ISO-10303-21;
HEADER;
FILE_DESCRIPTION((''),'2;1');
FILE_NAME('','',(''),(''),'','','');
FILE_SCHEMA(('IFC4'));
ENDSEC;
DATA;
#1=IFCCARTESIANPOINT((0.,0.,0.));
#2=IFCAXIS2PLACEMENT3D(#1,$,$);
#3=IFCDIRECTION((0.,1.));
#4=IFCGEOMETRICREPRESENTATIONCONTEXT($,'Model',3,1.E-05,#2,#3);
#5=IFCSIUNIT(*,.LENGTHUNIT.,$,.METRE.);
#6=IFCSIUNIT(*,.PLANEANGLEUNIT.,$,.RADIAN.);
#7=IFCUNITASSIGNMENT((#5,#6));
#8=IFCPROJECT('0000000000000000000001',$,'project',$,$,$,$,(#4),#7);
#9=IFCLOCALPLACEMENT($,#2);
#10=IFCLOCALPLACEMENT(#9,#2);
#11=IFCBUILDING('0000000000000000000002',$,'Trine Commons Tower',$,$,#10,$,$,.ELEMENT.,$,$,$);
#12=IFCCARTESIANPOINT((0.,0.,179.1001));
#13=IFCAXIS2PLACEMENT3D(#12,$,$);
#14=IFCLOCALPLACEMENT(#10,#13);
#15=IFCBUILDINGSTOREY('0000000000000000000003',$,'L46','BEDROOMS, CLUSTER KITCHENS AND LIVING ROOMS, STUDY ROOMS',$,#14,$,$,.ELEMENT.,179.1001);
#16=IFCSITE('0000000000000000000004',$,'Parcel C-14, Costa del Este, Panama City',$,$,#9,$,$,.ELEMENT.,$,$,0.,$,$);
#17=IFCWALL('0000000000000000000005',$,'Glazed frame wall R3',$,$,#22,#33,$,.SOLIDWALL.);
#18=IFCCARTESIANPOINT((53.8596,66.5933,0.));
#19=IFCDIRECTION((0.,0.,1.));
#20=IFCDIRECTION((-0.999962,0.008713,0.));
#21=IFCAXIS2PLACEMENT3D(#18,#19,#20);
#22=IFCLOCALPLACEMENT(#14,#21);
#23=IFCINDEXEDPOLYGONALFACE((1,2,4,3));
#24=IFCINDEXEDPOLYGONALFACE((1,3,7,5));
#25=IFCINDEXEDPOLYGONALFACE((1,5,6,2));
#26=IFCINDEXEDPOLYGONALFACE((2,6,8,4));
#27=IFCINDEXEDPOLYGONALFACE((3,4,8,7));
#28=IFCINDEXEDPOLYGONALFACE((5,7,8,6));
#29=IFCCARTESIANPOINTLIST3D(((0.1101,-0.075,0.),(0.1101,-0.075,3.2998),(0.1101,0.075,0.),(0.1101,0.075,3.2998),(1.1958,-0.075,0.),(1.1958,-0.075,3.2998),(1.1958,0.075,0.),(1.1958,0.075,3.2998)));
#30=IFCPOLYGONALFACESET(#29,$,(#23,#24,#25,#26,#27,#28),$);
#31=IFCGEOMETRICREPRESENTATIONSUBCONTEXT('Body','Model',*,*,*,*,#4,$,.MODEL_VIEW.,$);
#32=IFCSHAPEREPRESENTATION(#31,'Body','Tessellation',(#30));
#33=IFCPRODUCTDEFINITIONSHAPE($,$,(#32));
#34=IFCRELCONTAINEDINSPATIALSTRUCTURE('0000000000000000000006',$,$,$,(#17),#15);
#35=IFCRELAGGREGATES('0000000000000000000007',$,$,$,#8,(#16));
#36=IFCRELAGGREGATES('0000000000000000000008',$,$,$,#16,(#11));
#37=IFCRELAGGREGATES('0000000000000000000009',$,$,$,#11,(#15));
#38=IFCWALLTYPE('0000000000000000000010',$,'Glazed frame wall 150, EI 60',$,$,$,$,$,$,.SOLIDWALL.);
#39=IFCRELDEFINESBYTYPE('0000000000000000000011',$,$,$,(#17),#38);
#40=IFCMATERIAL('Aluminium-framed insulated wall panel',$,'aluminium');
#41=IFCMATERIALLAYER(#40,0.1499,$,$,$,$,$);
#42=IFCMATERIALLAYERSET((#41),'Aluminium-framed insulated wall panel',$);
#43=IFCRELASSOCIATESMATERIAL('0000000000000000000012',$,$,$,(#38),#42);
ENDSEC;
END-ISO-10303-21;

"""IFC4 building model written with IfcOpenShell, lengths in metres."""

from ifc_helpers import new_model, si_unit, direction, frame, origin, place, context, subcontext, project, spatial, polyline, outline, extrude, material, layer, layer_set, type_object, element, save


model = new_model("IFC4")

# Units and contexts
model_context = context("Model", 3, precision=1e-05, world=origin(), true_north=direction((0.0, 1.0)))
body_context = subcontext(model_context, "Body", "Model", "MODEL_VIEW")
ifc_project = project(units=[si_unit("LENGTHUNIT", "METRE"), si_unit("PLANEANGLEUNIT", "RADIAN")], contexts=[model_context])

# Site, building, storey
site_placement = place(None, origin())
site = spatial("IfcSite", under=ifc_project, at=site_placement, Name="Parcel C-14, Costa del Este, Panama City", CompositionType="ELEMENT", RefElevation=0.0)
building_placement = place(site_placement, origin())
building = spatial("IfcBuilding", under=site, at=building_placement, Name="Trine Commons Tower", CompositionType="ELEMENT")
storey_placement = place(building_placement, frame((0.0, 0.0, 179.1001)))
storey = spatial("IfcBuildingStorey", under=building, at=storey_placement, Name="L46", Description="BEDROOMS, CLUSTER KITCHENS AND LIVING ROOMS, STUDY ROOMS", CompositionType="ELEMENT", Elevation=179.1001)

# Shared definitions
ifc_material_1 = material(Name="Aluminium-framed insulated wall panel", Category="aluminium")
ifc_layer_1 = layer(ifc_material_1, 0.1499)
ifc_layer_set_1 = layer_set([ifc_layer_1], Name="Aluminium-framed insulated wall panel")
wall_type_1 = type_object("IfcWallType", Name="Glazed frame wall 150, EI 60", PredefinedType="SOLIDWALL", material=ifc_layer_set_1)

# Wall
wall_1_placement = place(storey_placement, frame((53.8596, 66.5933, 0.0), z_axis=(0.0, 0.0, 1.0), x_axis=(-0.999962, 0.008713, 0.0)))
element("IfcWall", 1, at=wall_1_placement, inside=storey, type_object=wall_type_1, Name="Glazed frame wall R3", PredefinedType="SOLIDWALL", context=body_context, shape_type="SweptSolid", body=[
    extrude(outline(polyline([(0.1101, 0.075), (0.1101, -0.075), (1.1958, -0.075), (1.1958, 0.075), (0.1101, 0.075)])), origin(), (0.0, 0.0, 1.0), 3.2998),
])

save(model, "model.ifc")
